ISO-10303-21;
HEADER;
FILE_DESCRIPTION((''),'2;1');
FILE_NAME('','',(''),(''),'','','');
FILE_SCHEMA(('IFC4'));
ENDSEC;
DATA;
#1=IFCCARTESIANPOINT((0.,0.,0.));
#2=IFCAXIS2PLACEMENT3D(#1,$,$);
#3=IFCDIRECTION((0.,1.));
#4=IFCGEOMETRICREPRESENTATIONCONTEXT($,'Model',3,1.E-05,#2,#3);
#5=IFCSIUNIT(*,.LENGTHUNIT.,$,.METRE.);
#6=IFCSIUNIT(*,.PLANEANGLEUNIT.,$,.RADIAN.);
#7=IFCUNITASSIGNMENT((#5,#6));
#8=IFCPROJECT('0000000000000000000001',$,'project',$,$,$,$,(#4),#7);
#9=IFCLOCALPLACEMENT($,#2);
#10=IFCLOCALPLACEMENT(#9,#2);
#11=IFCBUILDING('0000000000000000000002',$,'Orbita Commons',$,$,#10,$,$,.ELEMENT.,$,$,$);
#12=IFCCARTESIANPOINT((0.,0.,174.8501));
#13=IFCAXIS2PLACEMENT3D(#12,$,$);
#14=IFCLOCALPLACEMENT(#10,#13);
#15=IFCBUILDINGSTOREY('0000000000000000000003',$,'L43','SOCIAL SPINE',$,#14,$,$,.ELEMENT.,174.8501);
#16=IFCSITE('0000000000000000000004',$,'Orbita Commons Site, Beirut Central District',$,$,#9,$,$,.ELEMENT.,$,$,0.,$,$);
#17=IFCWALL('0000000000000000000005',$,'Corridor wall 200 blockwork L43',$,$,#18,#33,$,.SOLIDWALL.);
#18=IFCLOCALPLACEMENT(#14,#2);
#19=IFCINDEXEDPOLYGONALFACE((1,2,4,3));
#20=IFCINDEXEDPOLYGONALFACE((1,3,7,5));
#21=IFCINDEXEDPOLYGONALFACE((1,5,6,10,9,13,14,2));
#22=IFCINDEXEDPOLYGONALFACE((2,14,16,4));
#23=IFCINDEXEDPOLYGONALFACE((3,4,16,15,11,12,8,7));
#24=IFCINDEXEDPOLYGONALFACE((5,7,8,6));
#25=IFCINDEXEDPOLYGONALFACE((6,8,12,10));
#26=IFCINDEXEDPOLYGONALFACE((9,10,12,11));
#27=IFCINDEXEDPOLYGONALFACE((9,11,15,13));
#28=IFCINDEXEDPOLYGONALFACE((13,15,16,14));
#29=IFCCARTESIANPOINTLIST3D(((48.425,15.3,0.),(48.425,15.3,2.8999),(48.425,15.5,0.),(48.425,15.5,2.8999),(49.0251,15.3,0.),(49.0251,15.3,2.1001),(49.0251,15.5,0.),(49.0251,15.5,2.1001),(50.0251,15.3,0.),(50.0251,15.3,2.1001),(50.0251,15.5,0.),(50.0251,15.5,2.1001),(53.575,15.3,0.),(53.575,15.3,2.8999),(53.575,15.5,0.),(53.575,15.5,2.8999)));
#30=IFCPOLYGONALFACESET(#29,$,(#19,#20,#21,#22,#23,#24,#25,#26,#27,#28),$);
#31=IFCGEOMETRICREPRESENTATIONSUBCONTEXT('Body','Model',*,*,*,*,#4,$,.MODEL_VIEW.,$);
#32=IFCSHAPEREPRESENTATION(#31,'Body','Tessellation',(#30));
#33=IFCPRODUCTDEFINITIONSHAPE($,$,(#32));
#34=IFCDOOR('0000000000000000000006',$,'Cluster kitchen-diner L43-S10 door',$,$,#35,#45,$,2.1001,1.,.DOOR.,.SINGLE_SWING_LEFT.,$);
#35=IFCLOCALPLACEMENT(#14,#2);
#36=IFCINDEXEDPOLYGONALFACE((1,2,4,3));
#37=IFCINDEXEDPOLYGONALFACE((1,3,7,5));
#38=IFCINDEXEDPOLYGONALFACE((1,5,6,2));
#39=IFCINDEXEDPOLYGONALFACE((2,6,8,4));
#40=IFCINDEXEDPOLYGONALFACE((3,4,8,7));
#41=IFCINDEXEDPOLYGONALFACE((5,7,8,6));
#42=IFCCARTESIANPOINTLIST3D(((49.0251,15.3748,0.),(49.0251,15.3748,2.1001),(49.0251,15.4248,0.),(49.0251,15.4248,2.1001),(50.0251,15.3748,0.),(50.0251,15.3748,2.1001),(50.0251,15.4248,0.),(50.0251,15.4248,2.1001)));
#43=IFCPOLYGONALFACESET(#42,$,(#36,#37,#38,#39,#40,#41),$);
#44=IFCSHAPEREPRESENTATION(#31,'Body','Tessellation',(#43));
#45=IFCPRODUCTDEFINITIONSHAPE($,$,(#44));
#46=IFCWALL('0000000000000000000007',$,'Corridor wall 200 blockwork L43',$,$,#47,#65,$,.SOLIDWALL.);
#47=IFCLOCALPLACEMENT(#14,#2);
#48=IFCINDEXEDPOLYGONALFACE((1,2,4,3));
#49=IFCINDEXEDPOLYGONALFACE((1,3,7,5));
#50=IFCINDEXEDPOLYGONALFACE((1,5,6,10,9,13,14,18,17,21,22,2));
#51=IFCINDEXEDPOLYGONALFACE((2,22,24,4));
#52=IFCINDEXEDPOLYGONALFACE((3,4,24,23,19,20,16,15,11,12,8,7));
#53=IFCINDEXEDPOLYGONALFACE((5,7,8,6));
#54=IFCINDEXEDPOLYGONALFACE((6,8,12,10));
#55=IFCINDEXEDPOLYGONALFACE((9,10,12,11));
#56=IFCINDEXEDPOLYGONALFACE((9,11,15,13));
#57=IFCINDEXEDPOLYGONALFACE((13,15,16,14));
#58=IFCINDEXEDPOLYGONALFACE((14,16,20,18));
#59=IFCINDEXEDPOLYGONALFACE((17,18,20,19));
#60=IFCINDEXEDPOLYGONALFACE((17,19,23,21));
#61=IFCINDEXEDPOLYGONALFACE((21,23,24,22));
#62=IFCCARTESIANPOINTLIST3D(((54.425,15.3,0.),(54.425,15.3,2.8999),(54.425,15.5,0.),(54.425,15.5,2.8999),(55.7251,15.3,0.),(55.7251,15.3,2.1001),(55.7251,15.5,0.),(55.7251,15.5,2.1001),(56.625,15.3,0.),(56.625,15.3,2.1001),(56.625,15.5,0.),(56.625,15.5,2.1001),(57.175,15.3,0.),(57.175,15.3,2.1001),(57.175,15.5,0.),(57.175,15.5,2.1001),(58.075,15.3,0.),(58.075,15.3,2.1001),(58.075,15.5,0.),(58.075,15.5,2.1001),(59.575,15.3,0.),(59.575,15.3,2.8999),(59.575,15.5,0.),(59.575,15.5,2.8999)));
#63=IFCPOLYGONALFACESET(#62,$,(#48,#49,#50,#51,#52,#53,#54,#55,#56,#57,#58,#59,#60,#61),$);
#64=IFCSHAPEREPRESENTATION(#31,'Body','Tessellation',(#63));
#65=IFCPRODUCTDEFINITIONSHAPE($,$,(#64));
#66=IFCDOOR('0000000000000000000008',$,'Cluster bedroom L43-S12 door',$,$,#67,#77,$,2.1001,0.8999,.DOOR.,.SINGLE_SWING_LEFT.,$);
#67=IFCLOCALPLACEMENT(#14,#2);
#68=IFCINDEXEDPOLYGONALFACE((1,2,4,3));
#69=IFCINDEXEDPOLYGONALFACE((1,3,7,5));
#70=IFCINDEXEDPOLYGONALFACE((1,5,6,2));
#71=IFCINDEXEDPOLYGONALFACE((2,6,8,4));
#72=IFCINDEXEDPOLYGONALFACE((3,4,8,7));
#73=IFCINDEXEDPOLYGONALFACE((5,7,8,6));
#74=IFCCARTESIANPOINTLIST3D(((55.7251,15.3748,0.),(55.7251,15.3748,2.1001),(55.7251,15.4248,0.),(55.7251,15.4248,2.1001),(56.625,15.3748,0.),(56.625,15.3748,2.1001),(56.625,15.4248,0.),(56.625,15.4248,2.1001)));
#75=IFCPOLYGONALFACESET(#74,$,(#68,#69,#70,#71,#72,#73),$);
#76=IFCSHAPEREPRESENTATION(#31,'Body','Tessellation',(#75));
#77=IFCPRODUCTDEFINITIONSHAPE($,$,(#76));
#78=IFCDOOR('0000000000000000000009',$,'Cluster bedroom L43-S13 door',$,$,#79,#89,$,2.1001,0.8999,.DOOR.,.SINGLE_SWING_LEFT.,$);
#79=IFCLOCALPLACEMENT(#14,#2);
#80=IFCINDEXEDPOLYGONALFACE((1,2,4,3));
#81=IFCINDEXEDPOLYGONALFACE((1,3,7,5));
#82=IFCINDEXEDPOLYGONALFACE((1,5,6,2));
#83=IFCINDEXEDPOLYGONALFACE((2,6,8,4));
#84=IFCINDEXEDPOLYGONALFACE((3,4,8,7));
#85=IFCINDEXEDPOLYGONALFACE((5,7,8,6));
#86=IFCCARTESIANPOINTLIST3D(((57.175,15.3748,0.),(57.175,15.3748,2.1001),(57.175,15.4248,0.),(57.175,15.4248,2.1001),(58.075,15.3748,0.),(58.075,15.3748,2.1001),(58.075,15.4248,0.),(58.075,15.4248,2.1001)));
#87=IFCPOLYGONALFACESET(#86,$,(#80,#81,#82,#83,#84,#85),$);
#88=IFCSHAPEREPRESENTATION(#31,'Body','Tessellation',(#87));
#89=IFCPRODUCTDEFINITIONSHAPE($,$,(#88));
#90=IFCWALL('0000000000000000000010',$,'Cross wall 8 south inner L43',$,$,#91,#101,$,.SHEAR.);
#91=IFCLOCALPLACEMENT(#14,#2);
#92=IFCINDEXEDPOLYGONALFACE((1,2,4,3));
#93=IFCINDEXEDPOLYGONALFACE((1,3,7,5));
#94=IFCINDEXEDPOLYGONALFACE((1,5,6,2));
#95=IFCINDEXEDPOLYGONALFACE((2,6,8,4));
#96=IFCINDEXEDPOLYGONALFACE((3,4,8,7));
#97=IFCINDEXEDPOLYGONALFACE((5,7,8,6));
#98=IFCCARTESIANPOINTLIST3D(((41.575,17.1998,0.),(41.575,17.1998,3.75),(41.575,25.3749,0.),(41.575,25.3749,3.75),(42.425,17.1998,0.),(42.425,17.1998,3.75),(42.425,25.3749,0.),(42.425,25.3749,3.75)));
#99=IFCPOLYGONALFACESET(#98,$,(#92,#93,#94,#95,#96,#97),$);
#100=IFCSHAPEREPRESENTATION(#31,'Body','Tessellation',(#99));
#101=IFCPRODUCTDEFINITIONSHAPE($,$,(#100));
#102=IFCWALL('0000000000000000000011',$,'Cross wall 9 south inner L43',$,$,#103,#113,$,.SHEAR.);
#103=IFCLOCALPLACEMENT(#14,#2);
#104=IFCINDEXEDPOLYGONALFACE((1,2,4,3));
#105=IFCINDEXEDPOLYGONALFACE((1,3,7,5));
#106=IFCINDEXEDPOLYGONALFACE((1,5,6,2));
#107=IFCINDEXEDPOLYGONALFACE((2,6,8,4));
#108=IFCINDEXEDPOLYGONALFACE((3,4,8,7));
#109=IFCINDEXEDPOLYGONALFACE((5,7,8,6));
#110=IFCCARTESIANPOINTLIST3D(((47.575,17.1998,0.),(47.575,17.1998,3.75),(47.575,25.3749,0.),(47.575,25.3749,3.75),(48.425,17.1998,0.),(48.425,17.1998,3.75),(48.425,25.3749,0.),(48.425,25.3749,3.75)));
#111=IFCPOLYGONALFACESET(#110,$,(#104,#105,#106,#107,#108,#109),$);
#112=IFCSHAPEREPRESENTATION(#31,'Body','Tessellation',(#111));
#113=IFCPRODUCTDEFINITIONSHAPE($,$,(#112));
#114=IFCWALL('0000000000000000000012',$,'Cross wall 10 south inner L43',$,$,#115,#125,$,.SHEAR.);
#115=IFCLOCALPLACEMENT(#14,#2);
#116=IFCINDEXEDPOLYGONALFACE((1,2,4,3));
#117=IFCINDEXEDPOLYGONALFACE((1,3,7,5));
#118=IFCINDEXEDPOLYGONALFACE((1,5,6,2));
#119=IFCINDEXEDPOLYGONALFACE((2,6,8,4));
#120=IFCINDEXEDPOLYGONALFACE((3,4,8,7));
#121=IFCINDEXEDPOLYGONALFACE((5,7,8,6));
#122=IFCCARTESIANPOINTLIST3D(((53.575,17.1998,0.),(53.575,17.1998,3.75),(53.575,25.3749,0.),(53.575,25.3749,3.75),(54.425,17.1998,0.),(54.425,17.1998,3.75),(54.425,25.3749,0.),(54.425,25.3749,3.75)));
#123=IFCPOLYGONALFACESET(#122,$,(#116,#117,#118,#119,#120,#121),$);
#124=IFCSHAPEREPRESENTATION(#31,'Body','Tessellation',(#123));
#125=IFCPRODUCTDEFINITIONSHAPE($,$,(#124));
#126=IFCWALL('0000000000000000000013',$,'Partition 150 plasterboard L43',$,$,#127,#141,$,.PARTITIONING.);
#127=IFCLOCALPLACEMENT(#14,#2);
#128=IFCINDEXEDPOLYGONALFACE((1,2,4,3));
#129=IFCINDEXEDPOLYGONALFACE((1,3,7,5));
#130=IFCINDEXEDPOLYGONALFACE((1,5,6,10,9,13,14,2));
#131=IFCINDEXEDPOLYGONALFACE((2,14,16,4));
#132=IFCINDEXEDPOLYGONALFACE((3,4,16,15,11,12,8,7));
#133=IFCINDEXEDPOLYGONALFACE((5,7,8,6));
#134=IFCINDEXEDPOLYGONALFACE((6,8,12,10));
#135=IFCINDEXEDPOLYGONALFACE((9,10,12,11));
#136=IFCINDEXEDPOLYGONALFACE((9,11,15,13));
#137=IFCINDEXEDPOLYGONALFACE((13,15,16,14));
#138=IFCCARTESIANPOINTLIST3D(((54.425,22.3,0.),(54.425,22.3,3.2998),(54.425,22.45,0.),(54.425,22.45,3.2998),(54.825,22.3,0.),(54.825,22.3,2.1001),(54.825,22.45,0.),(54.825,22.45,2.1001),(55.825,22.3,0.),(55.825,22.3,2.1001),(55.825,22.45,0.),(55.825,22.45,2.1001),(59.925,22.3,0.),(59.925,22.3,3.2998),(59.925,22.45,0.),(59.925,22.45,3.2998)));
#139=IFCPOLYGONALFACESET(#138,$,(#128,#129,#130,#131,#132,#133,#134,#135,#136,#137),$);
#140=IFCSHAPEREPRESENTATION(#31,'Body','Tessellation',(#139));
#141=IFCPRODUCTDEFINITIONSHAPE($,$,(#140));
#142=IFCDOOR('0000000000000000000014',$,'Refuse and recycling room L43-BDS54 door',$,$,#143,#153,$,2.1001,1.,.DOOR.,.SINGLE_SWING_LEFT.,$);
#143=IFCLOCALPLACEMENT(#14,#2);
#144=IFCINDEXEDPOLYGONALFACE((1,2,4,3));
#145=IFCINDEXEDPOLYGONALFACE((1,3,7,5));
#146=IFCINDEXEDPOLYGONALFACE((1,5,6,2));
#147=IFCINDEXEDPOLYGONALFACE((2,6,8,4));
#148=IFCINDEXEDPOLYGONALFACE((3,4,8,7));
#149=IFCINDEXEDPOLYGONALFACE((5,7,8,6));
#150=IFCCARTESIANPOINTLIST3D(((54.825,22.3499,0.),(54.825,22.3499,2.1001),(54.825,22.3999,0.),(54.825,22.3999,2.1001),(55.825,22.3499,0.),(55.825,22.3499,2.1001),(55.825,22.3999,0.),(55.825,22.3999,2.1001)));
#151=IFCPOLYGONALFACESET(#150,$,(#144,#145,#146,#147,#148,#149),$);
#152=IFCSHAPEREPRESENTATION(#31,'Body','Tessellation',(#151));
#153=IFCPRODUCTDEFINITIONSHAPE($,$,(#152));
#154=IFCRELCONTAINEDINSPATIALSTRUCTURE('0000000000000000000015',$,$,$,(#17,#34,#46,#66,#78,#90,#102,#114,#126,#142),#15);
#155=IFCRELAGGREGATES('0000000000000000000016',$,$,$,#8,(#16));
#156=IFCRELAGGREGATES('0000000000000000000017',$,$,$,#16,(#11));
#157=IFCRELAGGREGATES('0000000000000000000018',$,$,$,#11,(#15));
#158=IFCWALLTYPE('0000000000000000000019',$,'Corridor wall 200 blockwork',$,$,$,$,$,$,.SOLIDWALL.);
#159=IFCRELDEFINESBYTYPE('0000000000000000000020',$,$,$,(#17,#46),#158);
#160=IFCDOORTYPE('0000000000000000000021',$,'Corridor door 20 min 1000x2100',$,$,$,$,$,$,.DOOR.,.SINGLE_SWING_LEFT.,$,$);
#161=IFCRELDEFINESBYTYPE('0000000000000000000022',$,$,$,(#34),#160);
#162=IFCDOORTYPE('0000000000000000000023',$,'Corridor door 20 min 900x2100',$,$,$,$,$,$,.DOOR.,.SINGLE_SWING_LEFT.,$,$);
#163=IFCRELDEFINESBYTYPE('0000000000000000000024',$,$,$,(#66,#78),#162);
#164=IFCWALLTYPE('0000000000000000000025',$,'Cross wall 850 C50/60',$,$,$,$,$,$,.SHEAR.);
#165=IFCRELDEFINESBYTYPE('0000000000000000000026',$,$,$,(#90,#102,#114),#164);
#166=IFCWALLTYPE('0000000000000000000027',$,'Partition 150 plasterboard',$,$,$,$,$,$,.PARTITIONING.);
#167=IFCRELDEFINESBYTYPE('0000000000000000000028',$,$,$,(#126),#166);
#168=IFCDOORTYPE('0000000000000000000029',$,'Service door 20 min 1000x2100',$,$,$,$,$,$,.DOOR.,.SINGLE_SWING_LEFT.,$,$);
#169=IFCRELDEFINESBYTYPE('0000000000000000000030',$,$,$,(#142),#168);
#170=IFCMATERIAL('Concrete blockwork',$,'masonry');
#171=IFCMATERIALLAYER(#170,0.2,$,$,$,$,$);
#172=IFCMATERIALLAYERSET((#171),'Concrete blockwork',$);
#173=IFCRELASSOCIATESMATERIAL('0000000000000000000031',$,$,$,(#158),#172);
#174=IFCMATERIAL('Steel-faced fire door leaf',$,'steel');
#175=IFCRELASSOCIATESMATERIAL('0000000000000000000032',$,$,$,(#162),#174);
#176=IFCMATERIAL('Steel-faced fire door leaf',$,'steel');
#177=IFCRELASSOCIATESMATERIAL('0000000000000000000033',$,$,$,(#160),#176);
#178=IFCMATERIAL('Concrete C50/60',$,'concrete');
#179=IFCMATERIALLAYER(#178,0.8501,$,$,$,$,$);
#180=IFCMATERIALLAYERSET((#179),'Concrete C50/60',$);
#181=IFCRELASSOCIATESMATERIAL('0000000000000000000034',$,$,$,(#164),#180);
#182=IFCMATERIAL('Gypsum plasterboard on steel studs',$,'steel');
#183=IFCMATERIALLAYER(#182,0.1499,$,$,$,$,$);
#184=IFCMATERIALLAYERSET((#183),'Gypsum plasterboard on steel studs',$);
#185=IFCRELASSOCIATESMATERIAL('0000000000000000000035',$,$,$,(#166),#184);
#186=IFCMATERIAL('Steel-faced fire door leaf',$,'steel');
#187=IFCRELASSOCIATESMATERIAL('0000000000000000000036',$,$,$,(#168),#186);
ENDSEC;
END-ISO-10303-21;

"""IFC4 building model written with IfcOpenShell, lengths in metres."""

from ifc_helpers import new_model, si_unit, direction, frame, frame_2d, origin, place, context, subcontext, project, spatial, polyline, rectangle, outline, extrude, material, layer, layer_set, type_object, element, fill, save


model = new_model("IFC4")

# Units and contexts
model_context = context("Model", 3, precision=1e-05, world=origin(), true_north=direction((0.0, 1.0)))
body_context = subcontext(model_context, "Body", "Model", "MODEL_VIEW")
ifc_project = project(units=[si_unit("LENGTHUNIT", "METRE"), si_unit("PLANEANGLEUNIT", "RADIAN")], contexts=[model_context])

# Site, building, storey
site_placement = place(None, origin())
site = spatial("IfcSite", under=ifc_project, at=site_placement, Name="Orbita Commons Site, Beirut Central District", CompositionType="ELEMENT", RefElevation=0.0)
building_placement = place(site_placement, origin())
building = spatial("IfcBuilding", under=site, at=building_placement, Name="Orbita Commons", CompositionType="ELEMENT")
storey_placement = place(building_placement, frame((0.0, 0.0, 174.8501)))
storey = spatial("IfcBuildingStorey", under=building, at=storey_placement, Name="L43", Description="SOCIAL SPINE", CompositionType="ELEMENT", Elevation=174.8501)

# Shared definitions
ifc_material_1 = material(Name="Concrete blockwork", Category="masonry")
ifc_layer_1 = layer(ifc_material_1, 0.2)
ifc_layer_set_1 = layer_set([ifc_layer_1], Name="Concrete blockwork")
wall_type_1 = type_object("IfcWallType", Name="Corridor wall 200 blockwork", PredefinedType="SOLIDWALL", material=ifc_layer_set_1)
ifc_material_2 = material(Name="Steel-faced fire door leaf", Category="steel")
door_type_1 = type_object("IfcDoorType", Name="Corridor door 20 min 900x2100", OperationType="SINGLE_SWING_LEFT", PredefinedType="DOOR", material=ifc_material_2)

# Wall, opening, door
wall_1_placement = place(storey_placement, frame((48.425, 15.3999, 0.0), z_axis=(0.0, 0.0, 1.0), x_axis=(1.0, 0.0, 0.0)))
wall_1 = element("IfcWall", 1, at=wall_1_placement, inside=storey, type_object=wall_type_1, Name="Corridor wall 200 blockwork L43", PredefinedType="SOLIDWALL", context=body_context, shape_type="SweptSolid", body=[
    extrude(outline(polyline([(0.0, 0.0), (5.1499, 0.0), (5.1499, 2.8999), (0.0, 2.8999), (0.0, 0.0)])), frame((0.0, 0.1001, 0.0), z_axis=(0.0, -1.0, 0.0), x_axis=(1.0, 0.0, 0.0)), (0.0, 0.0, 1.0), 0.2),
])
opening_1_placement = place(wall_1_placement, frame((0.6001, 0.0, 0.0)))
opening_1 = element("IfcOpeningElement", 2, at=opening_1_placement, cuts=wall_1, PredefinedType="OPENING", context=body_context, shape_type="SweptSolid", body=[
    extrude(rectangle(XDim=1.0, YDim=2.1001, at=frame_2d((0.5, 1.05))), frame((0.0, 0.1099, 0.0), z_axis=(0.0, -1.0, 0.0), x_axis=(1.0, 0.0, 0.0)), (0.0, 0.0, 1.0), 0.22),
])
ifc_material_3 = material(Name="Steel-faced fire door leaf", Category="steel")
door_type_2 = type_object("IfcDoorType", Name="Corridor door 20 min 1000x2100", OperationType="SINGLE_SWING_LEFT", PredefinedType="DOOR", material=ifc_material_3)
door_1_placement = place(opening_1_placement, origin())
door_1 = element("IfcDoor", 3, at=door_1_placement, inside=storey, type_object=door_type_2, Name="Cluster kitchen-diner L43-S10 door", OperationType="SINGLE_SWING_LEFT", OverallHeight=2.1001, OverallWidth=1.0, PredefinedType="DOOR", context=body_context, shape_type="SweptSolid", body=[
    extrude(rectangle(XDim=1.0, YDim=2.1001, at=frame_2d((0.5, 1.05))), frame((0.0, 0.0249, 0.0), z_axis=(0.0, -1.0, 0.0), x_axis=(1.0, 0.0, 0.0)), (0.0, 0.0, 1.0), 0.05),
])
fill(opening_1, door_1)

# Wall, openings, doors
wall_2_placement = place(storey_placement, frame((54.425, 15.3999, 0.0), z_axis=(0.0, 0.0, 1.0), x_axis=(1.0, 0.0, 0.0)))
wall_2 = element("IfcWall", 4, at=wall_2_placement, inside=storey, type_object=wall_type_1, Name="Corridor wall 200 blockwork L43", PredefinedType="SOLIDWALL", context=body_context, shape_type="SweptSolid", body=[
    extrude(outline(polyline([(0.0, 0.0), (5.1499, 0.0), (5.1499, 2.8999), (0.0, 2.8999), (0.0, 0.0)])), frame((0.0, 0.1001, 0.0), z_axis=(0.0, -1.0, 0.0), x_axis=(1.0, 0.0, 0.0)), (0.0, 0.0, 1.0), 0.2),
])
opening_2_placement = place(wall_2_placement, frame((1.3, 0.0, 0.0)))
opening_2 = element("IfcOpeningElement", 5, at=opening_2_placement, cuts=wall_2, PredefinedType="OPENING", context=body_context, shape_type="SweptSolid", body=[
    extrude(rectangle(XDim=0.8999, YDim=2.1001, at=frame_2d((0.45, 1.05))), frame((0.0, 0.1099, 0.0), z_axis=(0.0, -1.0, 0.0), x_axis=(1.0, 0.0, 0.0)), (0.0, 0.0, 1.0), 0.22),
])
opening_3_placement = place(wall_2_placement, frame((2.75, 0.0, 0.0)))
opening_3 = element("IfcOpeningElement", 6, at=opening_3_placement, cuts=wall_2, PredefinedType="OPENING", context=body_context, shape_type="SweptSolid", body=[
    extrude(rectangle(XDim=0.8999, YDim=2.1001, at=frame_2d((0.45, 1.05))), frame((0.0, 0.1099, 0.0), z_axis=(0.0, -1.0, 0.0), x_axis=(1.0, 0.0, 0.0)), (0.0, 0.0, 1.0), 0.22),
])
door_2_placement = place(opening_2_placement, origin())
door_2 = element("IfcDoor", 7, at=door_2_placement, inside=storey, type_object=door_type_1, Name="Cluster bedroom L43-S12 door", OperationType="SINGLE_SWING_LEFT", OverallHeight=2.1001, OverallWidth=0.8999, PredefinedType="DOOR", context=body_context, shape_type="SweptSolid", body=[
    extrude(rectangle(XDim=0.8999, YDim=2.1001, at=frame_2d((0.45, 1.05))), frame((0.0, 0.0249, 0.0), z_axis=(0.0, -1.0, 0.0), x_axis=(1.0, 0.0, 0.0)), (0.0, 0.0, 1.0), 0.05),
])
fill(opening_2, door_2)
door_3_placement = place(opening_3_placement, origin())
door_3 = element("IfcDoor", 8, at=door_3_placement, inside=storey, type_object=door_type_1, Name="Cluster bedroom L43-S13 door", OperationType="SINGLE_SWING_LEFT", OverallHeight=2.1001, OverallWidth=0.8999, PredefinedType="DOOR", context=body_context, shape_type="SweptSolid", body=[
    extrude(rectangle(XDim=0.8999, YDim=2.1001, at=frame_2d((0.45, 1.05))), frame((0.0, 0.0249, 0.0), z_axis=(0.0, -1.0, 0.0), x_axis=(1.0, 0.0, 0.0)), (0.0, 0.0, 1.0), 0.05),
])
fill(opening_3, door_3)

# Walls
ifc_material_4 = material(Name="Concrete C50/60", Category="concrete")
ifc_layer_2 = layer(ifc_material_4, 0.8501)
ifc_layer_set_2 = layer_set([ifc_layer_2], Name="Concrete C50/60")
wall_type_2 = type_object("IfcWallType", Name="Cross wall 850 C50/60", PredefinedType="SHEAR", material=ifc_layer_set_2)
for number, where, z_axis, x_axis, name in (
    (9, (42.0, 17.2, 0.0), (0.0, 0.0, 1.0), (0.0, 1.0, 0.0), "Cross wall 8 south inner L43"),
    (10, (48.0, 17.2, 0.0), (0.0, 0.0, 1.0), (0.0, 1.0, 0.0), "Cross wall 9 south inner L43"),
    (11, (54.0, 17.2, 0.0), (0.0, 0.0, 1.0), (0.0, 1.0, 0.0), "Cross wall 10 south inner L43"),
):
    element("IfcWall", number, at=place(storey_placement, frame(where, z_axis=z_axis, x_axis=x_axis)), inside=storey, type_object=wall_type_2, Name=name, PredefinedType="SHEAR", context=body_context, shape_type="SweptSolid", body=[
        extrude(rectangle(XDim=8.175, YDim=0.8501, at=frame_2d((4.0874, 0.0))), origin(), (0.0, 0.0, 1.0), 3.75),
    ])

# Wall, opening, door
ifc_material_5 = material(Name="Gypsum plasterboard on steel studs", Category="steel")
ifc_layer_3 = layer(ifc_material_5, 0.1499)
ifc_layer_set_3 = layer_set([ifc_layer_3], Name="Gypsum plasterboard on steel studs")
wall_type_3 = type_object("IfcWallType", Name="Partition 150 plasterboard", PredefinedType="PARTITIONING", material=ifc_layer_set_3)
wall_3_placement = place(storey_placement, frame((54.425, 22.375, 0.0), z_axis=(0.0, 0.0, 1.0), x_axis=(1.0, 0.0, 0.0)))
wall_3 = element("IfcWall", 12, at=wall_3_placement, inside=storey, type_object=wall_type_3, Name="Partition 150 plasterboard L43", PredefinedType="PARTITIONING", context=body_context, shape_type="SweptSolid", body=[
    extrude(rectangle(XDim=5.5, YDim=0.1499, at=frame_2d((2.75, 0.0))), origin(), (0.0, 0.0, 1.0), 3.2998),
])
opening_4_placement = place(wall_3_placement, frame((0.3999, 0.0, 0.0)))
opening_4 = element("IfcOpeningElement", 13, at=opening_4_placement, cuts=wall_3, PredefinedType="OPENING", context=body_context, shape_type="SweptSolid", body=[
    extrude(rectangle(XDim=1.0, YDim=2.1001, at=frame_2d((0.5, 1.05))), frame((0.0, 0.085, 0.0), z_axis=(0.0, -1.0, 0.0), x_axis=(1.0, 0.0, 0.0)), (0.0, 0.0, 1.0), 0.1699),
])
ifc_material_6 = material(Name="Steel-faced fire door leaf", Category="steel")
door_type_3 = type_object("IfcDoorType", Name="Service door 20 min 1000x2100", OperationType="SINGLE_SWING_LEFT", PredefinedType="DOOR", material=ifc_material_6)
door_4_placement = place(opening_4_placement, origin())
door_4 = element("IfcDoor", 14, at=door_4_placement, inside=storey, type_object=door_type_3, Name="Refuse and recycling room L43-BDS54 door", OperationType="SINGLE_SWING_LEFT", OverallHeight=2.1001, OverallWidth=1.0, PredefinedType="DOOR", context=body_context, shape_type="SweptSolid", body=[
    extrude(rectangle(XDim=1.0, YDim=2.1001, at=frame_2d((0.5, 1.05))), frame((0.0, 0.0249, 0.0), z_axis=(0.0, -1.0, 0.0), x_axis=(1.0, 0.0, 0.0)), (0.0, 0.0, 1.0), 0.05),
])
fill(opening_4, door_4)

save(model, "model.ifc")
